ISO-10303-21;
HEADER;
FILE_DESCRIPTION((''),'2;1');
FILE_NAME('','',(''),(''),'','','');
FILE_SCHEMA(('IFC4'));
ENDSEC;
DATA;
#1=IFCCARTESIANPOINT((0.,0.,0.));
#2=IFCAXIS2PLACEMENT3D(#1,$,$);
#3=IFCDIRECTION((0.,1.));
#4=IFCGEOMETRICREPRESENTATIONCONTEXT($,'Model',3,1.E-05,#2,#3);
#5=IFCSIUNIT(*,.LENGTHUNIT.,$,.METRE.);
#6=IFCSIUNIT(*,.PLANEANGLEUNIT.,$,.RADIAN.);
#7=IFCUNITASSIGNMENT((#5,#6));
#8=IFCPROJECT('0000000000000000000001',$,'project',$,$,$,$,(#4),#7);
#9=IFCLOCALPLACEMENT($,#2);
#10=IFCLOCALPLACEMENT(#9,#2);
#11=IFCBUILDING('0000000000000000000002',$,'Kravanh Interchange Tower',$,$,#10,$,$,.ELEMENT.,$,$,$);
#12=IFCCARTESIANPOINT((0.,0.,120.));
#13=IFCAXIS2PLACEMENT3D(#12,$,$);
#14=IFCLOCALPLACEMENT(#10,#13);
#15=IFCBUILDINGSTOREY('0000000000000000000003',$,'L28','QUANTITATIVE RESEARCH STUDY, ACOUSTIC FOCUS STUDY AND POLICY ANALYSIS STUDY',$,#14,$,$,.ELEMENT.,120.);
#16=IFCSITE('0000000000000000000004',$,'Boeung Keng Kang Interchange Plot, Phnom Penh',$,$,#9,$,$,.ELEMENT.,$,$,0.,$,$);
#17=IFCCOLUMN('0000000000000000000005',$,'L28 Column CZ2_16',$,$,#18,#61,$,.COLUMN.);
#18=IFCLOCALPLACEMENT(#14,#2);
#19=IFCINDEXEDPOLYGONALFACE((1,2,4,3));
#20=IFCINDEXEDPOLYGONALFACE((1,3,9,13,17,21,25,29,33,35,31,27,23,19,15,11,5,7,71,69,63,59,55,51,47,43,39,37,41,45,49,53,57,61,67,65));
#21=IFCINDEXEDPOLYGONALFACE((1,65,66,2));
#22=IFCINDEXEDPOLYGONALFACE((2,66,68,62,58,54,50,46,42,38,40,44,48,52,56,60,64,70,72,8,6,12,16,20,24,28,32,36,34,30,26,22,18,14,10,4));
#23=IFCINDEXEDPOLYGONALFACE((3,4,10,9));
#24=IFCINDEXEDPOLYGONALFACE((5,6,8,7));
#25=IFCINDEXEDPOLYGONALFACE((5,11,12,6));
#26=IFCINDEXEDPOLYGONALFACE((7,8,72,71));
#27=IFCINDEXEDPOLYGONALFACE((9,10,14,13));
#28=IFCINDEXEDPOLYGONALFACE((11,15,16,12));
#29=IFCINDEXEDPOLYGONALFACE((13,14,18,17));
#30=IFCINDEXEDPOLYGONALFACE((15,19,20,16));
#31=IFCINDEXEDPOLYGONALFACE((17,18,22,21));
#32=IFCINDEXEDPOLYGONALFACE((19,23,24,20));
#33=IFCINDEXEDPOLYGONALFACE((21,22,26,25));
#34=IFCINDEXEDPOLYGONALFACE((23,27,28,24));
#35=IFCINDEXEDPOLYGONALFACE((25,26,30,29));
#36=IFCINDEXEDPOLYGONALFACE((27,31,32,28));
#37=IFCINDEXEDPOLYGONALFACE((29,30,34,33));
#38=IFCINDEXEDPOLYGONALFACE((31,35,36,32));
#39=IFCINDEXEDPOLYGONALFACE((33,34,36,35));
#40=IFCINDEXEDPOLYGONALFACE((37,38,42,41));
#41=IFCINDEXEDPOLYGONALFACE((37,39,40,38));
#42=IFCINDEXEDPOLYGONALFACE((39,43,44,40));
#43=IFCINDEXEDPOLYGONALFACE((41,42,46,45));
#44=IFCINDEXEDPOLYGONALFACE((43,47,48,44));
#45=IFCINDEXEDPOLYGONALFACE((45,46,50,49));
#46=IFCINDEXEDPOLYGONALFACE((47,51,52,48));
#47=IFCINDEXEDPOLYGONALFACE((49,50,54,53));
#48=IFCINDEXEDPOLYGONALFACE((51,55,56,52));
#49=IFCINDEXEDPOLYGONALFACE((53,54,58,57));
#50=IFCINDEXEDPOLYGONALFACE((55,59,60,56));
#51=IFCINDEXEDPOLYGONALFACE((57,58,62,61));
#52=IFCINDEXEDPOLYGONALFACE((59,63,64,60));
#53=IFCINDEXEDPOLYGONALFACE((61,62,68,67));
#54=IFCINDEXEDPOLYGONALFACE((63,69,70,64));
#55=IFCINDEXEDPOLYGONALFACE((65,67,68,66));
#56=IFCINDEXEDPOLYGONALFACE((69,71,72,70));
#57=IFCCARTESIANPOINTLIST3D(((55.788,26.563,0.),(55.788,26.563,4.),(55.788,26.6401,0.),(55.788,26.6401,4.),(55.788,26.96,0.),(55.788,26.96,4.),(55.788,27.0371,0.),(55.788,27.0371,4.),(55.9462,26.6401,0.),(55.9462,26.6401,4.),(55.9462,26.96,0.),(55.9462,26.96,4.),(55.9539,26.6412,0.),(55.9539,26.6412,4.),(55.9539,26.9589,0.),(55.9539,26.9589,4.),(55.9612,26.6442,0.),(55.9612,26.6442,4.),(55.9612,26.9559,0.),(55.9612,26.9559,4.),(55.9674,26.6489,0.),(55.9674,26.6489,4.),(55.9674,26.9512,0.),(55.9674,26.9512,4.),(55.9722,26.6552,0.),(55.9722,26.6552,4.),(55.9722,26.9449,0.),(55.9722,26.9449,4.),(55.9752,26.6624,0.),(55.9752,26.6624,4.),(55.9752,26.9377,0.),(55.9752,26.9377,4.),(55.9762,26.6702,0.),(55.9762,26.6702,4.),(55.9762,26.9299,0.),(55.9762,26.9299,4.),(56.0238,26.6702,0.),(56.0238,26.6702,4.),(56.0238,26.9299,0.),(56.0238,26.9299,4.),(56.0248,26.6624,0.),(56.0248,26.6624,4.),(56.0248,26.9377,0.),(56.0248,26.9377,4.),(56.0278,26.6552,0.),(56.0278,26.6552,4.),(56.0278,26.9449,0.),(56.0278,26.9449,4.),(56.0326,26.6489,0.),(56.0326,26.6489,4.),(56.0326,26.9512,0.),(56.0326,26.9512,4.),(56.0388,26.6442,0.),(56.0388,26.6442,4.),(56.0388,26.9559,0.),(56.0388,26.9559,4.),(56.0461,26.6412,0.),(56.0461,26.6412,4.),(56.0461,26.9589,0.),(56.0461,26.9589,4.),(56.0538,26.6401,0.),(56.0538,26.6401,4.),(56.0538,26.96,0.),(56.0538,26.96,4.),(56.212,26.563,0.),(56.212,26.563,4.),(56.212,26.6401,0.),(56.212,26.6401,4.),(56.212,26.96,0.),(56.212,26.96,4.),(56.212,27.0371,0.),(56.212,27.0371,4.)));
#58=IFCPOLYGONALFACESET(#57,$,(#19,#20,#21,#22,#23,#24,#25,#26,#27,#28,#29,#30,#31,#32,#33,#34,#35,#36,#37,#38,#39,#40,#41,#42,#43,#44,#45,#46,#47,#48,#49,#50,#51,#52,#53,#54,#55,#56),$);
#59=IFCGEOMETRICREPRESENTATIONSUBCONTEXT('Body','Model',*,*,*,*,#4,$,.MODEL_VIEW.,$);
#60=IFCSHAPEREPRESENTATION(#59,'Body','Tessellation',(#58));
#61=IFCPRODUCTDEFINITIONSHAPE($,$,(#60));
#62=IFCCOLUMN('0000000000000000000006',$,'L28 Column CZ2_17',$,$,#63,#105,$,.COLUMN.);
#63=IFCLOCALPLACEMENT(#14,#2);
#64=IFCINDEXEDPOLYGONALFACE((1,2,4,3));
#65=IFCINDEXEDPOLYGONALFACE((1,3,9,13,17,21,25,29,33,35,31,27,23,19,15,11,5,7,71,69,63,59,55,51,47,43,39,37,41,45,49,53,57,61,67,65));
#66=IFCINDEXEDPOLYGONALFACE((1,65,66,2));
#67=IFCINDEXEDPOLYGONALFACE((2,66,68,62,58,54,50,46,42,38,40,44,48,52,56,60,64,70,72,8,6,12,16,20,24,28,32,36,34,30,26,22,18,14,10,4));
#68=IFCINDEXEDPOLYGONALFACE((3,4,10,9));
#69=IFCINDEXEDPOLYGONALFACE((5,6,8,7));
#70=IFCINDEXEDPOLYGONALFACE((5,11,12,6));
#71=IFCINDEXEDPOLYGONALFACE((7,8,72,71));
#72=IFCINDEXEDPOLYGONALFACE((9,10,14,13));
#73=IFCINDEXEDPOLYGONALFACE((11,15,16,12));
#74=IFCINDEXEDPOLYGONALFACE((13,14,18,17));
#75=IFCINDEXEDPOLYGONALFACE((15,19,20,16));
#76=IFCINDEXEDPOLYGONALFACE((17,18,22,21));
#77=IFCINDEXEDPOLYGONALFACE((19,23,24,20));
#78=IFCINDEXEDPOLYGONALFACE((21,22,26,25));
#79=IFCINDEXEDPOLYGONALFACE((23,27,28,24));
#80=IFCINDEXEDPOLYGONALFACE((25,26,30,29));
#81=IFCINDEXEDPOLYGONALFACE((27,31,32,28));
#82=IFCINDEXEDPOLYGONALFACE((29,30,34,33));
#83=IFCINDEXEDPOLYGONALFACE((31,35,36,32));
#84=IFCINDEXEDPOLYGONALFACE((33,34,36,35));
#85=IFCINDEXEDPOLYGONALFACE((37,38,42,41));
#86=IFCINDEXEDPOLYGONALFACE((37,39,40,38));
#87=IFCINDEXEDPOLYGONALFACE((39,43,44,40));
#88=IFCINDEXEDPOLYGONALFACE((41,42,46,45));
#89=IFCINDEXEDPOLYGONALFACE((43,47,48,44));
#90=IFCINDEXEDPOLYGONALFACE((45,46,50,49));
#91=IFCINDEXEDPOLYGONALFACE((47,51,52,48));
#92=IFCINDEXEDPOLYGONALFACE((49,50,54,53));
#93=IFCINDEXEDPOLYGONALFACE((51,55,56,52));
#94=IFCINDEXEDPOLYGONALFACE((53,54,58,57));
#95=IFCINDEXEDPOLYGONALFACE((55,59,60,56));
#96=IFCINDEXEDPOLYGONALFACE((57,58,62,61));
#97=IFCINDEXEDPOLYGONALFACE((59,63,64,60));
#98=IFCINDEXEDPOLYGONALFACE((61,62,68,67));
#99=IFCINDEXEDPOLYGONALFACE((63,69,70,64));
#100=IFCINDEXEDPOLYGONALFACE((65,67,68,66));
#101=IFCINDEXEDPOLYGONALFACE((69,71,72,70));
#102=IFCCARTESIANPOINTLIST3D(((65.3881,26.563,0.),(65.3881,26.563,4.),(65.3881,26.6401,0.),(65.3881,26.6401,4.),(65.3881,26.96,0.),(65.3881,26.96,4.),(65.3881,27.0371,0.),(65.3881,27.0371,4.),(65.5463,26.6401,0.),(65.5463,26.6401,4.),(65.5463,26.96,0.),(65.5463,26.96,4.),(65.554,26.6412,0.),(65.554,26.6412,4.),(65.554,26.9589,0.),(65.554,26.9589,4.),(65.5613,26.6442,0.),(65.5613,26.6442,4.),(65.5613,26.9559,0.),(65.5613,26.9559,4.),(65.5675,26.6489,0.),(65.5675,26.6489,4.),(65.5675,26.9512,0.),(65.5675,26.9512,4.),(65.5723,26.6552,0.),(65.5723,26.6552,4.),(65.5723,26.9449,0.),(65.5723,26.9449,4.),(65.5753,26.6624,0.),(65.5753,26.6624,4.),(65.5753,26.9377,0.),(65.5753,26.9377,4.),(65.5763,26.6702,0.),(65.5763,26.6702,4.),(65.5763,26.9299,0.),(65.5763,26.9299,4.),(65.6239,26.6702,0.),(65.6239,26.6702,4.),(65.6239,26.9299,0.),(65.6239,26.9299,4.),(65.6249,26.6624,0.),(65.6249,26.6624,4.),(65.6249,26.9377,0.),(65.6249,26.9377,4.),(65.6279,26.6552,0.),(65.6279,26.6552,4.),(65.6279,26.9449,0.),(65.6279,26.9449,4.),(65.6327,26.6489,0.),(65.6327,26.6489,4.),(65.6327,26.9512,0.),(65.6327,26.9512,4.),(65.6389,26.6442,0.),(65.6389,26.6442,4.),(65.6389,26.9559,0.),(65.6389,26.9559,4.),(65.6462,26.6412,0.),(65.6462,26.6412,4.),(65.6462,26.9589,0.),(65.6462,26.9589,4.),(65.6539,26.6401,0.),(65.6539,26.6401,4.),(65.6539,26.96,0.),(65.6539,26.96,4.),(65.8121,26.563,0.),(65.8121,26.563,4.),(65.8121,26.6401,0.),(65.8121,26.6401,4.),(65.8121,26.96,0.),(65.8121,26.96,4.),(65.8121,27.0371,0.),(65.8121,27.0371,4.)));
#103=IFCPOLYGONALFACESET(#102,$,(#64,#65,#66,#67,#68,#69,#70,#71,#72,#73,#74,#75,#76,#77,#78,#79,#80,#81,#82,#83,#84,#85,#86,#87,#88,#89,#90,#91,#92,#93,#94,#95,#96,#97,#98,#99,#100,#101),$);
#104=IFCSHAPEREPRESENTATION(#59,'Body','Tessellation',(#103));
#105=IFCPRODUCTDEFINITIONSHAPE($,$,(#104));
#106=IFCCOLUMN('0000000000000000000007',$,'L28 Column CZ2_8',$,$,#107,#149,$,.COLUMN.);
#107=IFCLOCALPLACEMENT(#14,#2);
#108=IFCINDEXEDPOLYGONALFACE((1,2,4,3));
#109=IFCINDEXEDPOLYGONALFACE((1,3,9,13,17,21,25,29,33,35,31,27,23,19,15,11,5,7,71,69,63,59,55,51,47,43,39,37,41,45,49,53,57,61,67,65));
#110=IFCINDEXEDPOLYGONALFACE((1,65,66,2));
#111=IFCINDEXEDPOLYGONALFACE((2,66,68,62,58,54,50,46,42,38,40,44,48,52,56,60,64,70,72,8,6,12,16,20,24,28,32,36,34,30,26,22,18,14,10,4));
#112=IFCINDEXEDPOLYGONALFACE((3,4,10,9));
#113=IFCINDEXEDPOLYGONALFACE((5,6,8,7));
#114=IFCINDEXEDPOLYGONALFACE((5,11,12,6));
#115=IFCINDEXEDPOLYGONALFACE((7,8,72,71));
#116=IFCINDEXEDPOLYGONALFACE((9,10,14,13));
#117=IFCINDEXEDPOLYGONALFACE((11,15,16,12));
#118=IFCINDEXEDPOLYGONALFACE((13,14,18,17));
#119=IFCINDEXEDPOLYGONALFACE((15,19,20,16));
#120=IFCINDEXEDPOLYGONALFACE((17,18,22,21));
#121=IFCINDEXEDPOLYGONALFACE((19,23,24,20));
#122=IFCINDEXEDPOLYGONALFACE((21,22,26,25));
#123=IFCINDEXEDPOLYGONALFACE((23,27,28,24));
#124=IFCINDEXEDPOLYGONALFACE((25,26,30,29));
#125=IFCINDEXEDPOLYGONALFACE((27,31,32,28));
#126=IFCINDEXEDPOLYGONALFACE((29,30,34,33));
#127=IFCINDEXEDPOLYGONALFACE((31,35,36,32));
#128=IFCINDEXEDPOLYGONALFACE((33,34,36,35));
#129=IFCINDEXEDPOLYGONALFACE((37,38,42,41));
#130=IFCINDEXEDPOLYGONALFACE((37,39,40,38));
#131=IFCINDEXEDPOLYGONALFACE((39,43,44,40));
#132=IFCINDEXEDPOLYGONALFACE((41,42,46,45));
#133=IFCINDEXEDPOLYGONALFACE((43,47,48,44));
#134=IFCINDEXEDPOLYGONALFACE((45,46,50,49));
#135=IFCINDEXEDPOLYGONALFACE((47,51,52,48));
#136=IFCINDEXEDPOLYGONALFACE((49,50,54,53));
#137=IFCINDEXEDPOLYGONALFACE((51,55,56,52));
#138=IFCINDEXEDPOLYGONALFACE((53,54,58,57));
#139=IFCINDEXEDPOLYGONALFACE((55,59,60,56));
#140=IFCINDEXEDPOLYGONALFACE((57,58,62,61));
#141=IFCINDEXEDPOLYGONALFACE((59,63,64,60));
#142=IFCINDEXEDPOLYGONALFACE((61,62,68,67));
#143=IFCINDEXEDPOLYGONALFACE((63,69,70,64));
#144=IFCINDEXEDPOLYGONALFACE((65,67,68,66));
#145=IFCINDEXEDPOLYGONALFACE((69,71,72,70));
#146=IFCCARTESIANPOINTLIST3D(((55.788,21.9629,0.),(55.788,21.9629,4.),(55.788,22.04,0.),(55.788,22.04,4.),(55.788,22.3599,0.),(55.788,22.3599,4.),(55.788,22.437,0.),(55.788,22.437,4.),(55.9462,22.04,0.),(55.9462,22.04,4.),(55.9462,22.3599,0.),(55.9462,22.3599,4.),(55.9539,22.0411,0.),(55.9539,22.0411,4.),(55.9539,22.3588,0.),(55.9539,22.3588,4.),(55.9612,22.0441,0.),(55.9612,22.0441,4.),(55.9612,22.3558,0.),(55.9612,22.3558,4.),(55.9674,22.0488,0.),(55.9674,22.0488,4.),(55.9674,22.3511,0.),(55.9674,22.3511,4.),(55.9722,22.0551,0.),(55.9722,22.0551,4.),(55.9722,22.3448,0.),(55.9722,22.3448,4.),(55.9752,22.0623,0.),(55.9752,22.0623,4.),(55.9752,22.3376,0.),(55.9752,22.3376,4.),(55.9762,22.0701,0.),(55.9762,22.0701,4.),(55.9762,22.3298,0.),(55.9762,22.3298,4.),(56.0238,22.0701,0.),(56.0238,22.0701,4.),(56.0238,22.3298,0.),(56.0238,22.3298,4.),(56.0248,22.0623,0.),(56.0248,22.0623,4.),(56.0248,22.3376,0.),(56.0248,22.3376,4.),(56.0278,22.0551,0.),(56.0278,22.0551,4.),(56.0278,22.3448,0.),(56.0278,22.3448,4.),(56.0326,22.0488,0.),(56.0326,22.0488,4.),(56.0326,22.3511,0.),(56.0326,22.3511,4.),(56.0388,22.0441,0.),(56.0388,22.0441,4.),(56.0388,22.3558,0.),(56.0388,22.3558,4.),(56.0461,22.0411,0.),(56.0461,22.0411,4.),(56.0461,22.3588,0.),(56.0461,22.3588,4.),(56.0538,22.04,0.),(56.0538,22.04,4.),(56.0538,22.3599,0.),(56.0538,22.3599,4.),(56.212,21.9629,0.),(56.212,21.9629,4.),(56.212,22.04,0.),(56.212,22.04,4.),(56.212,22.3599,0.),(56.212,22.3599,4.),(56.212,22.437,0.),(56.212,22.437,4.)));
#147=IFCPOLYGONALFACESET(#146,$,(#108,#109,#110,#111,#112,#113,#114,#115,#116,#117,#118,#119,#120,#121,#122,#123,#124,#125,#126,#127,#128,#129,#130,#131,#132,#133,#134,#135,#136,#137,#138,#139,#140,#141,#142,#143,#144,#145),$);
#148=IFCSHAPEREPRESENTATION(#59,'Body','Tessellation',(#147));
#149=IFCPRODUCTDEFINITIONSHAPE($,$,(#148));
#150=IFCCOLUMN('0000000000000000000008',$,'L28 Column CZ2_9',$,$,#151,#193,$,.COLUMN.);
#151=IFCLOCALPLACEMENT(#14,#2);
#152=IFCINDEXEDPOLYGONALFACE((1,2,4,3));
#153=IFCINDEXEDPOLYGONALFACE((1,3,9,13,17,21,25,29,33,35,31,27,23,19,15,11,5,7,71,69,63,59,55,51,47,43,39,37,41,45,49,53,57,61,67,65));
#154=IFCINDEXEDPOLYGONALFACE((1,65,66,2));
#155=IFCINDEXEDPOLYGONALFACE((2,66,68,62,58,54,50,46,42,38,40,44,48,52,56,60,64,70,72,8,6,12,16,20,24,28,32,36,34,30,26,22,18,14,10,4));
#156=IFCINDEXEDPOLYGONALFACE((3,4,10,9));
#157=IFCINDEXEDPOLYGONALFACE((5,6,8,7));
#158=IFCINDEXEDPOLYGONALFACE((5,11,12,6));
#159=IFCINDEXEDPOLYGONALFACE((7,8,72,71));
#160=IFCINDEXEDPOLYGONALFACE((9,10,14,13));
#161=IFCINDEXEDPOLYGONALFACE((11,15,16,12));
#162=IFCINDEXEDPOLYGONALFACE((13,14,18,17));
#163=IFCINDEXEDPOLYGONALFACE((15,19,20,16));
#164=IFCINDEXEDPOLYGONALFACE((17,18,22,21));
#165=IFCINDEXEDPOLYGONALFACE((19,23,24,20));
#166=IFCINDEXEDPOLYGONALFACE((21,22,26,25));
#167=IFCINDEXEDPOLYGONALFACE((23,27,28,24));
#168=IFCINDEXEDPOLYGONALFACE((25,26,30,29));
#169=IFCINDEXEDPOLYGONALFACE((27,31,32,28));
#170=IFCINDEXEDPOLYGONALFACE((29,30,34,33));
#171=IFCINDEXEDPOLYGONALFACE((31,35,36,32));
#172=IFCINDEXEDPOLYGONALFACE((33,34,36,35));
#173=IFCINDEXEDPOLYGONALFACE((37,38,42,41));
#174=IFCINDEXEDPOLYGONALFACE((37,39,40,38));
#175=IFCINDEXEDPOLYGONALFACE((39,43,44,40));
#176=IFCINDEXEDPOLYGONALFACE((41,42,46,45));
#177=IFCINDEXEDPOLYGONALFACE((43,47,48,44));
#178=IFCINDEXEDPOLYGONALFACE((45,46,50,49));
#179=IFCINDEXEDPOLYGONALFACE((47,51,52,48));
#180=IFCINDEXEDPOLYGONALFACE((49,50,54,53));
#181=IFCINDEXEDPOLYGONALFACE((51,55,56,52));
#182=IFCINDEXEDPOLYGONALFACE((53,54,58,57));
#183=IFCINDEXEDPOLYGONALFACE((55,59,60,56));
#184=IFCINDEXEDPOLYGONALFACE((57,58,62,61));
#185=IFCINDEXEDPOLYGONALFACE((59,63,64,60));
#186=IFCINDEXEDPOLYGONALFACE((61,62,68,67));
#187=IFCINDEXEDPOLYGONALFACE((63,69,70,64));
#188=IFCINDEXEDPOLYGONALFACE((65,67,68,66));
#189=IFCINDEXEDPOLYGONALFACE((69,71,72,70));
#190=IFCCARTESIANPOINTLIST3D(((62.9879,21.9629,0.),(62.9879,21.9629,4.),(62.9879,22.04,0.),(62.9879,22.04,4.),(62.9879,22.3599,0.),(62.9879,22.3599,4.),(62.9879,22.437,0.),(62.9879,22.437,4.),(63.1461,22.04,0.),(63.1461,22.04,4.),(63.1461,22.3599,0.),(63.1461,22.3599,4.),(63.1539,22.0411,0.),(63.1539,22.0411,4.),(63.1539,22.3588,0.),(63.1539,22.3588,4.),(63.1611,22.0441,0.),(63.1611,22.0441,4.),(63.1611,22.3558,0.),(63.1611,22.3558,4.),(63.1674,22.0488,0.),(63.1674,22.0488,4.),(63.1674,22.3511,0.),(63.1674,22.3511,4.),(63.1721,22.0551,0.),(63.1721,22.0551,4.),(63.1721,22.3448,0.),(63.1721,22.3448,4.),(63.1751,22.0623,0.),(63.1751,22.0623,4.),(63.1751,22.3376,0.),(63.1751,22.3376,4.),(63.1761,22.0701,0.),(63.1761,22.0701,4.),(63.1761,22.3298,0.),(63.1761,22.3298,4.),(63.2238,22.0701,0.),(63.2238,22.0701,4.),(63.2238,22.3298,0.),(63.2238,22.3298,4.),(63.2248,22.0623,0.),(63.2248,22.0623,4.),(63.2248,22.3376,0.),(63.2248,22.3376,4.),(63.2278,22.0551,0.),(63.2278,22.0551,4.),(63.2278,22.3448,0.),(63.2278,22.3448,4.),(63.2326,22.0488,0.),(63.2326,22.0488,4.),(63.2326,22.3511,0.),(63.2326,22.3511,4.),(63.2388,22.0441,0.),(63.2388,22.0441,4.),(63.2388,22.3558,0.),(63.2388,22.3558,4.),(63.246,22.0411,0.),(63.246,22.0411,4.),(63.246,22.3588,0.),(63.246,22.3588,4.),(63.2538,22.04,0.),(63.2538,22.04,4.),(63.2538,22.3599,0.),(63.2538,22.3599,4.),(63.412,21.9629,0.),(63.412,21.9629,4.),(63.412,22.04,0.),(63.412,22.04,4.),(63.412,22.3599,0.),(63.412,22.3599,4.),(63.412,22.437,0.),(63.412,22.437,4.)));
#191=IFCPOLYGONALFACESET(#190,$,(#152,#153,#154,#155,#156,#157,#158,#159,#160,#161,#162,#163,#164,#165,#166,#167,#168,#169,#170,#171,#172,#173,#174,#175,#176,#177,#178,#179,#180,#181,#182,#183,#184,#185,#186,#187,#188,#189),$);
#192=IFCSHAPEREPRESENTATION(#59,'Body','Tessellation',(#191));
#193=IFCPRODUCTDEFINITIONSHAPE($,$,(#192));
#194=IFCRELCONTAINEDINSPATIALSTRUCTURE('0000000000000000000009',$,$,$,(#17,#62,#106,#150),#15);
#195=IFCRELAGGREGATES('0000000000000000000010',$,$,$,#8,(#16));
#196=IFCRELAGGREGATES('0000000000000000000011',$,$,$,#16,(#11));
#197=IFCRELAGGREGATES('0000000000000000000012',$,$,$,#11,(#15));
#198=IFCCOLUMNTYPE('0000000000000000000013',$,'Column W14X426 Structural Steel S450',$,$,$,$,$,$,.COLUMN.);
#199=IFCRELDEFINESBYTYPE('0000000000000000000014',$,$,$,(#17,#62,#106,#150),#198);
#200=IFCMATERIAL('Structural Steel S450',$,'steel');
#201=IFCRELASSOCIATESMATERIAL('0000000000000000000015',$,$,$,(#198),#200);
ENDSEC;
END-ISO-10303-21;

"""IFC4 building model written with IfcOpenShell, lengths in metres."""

from ifc_helpers import new_model, si_unit, direction, frame, origin, origin_2d, place, context, subcontext, project, spatial, i_section, extrude, material, material_profile, profile_set, type_object, element, save


model = new_model("IFC4")

# Units and contexts
model_context = context("Model", 3, precision=1e-05, world=origin(), true_north=direction((0.0, 1.0)))
body_context = subcontext(model_context, "Body", "Model", "MODEL_VIEW")
ifc_project = project(units=[si_unit("LENGTHUNIT", "METRE"), si_unit("PLANEANGLEUNIT", "RADIAN")], contexts=[model_context])

# Site, building, storey
site_placement = place(None, origin())
site = spatial("IfcSite", under=ifc_project, at=site_placement, Name="Boeung Keng Kang Interchange Plot, Phnom Penh", CompositionType="ELEMENT", RefElevation=0.0)
building_placement = place(site_placement, origin())
building = spatial("IfcBuilding", under=site, at=building_placement, Name="Kravanh Interchange Tower", CompositionType="ELEMENT")
storey_placement = place(building_placement, frame((0.0, 0.0, 120.0)))
storey = spatial("IfcBuildingStorey", under=building, at=storey_placement, Name="L28", Description="QUANTITATIVE RESEARCH STUDY, ACOUSTIC FOCUS STUDY AND POLICY ANALYSIS STUDY", CompositionType="ELEMENT", Elevation=120.0)

# Columns
ifc_material_1 = material(Name="Structural Steel S450", Category="steel")
ifc_material_profile_1 = material_profile(ifc_material_1, i_section(OverallWidth=0.4241, OverallDepth=0.4741, WebThickness=0.0476, FlangeThickness=0.0771, FilletRadius=0.03, at=origin_2d()), Name="W14X426")
ifc_profile_set_1 = profile_set([ifc_material_profile_1], Name="Structural Steel S450")
column_type = type_object("IfcColumnType", Name="Column W14X426 Structural Steel S450", PredefinedType="COLUMN", material=ifc_profile_set_1)
for number, where, z_axis, x_axis, name in (
    (1, (56.0, 26.8, 0.0), (0.0, 0.0, 1.0), (1.0, 0.0, 0.0), "L28 Column CZ2_16"),
    (2, (65.6001, 26.8, 0.0), (0.0, 0.0, 1.0), (1.0, 0.0, 0.0), "L28 Column CZ2_17"),
    (3, (56.0, 22.2, 0.0), (0.0, 0.0, 1.0), (1.0, 0.0, 0.0), "L28 Column CZ2_8"),
    (4, (63.2, 22.2, 0.0), (0.0, 0.0, 1.0), (1.0, 0.0, 0.0), "L28 Column CZ2_9"),
):
    element("IfcColumn", number, at=place(storey_placement, frame(where, z_axis=z_axis, x_axis=x_axis)), inside=storey, type_object=column_type, Name=name, PredefinedType="COLUMN", context=body_context, shape_type="SweptSolid", body=[
        extrude(i_section(OverallWidth=0.4241, OverallDepth=0.4741, WebThickness=0.0476, FlangeThickness=0.0771, FilletRadius=0.03, at=origin_2d()), origin(), (0.0, 0.0, 1.0), 4.0),
    ])

save(model, "model.ifc")
